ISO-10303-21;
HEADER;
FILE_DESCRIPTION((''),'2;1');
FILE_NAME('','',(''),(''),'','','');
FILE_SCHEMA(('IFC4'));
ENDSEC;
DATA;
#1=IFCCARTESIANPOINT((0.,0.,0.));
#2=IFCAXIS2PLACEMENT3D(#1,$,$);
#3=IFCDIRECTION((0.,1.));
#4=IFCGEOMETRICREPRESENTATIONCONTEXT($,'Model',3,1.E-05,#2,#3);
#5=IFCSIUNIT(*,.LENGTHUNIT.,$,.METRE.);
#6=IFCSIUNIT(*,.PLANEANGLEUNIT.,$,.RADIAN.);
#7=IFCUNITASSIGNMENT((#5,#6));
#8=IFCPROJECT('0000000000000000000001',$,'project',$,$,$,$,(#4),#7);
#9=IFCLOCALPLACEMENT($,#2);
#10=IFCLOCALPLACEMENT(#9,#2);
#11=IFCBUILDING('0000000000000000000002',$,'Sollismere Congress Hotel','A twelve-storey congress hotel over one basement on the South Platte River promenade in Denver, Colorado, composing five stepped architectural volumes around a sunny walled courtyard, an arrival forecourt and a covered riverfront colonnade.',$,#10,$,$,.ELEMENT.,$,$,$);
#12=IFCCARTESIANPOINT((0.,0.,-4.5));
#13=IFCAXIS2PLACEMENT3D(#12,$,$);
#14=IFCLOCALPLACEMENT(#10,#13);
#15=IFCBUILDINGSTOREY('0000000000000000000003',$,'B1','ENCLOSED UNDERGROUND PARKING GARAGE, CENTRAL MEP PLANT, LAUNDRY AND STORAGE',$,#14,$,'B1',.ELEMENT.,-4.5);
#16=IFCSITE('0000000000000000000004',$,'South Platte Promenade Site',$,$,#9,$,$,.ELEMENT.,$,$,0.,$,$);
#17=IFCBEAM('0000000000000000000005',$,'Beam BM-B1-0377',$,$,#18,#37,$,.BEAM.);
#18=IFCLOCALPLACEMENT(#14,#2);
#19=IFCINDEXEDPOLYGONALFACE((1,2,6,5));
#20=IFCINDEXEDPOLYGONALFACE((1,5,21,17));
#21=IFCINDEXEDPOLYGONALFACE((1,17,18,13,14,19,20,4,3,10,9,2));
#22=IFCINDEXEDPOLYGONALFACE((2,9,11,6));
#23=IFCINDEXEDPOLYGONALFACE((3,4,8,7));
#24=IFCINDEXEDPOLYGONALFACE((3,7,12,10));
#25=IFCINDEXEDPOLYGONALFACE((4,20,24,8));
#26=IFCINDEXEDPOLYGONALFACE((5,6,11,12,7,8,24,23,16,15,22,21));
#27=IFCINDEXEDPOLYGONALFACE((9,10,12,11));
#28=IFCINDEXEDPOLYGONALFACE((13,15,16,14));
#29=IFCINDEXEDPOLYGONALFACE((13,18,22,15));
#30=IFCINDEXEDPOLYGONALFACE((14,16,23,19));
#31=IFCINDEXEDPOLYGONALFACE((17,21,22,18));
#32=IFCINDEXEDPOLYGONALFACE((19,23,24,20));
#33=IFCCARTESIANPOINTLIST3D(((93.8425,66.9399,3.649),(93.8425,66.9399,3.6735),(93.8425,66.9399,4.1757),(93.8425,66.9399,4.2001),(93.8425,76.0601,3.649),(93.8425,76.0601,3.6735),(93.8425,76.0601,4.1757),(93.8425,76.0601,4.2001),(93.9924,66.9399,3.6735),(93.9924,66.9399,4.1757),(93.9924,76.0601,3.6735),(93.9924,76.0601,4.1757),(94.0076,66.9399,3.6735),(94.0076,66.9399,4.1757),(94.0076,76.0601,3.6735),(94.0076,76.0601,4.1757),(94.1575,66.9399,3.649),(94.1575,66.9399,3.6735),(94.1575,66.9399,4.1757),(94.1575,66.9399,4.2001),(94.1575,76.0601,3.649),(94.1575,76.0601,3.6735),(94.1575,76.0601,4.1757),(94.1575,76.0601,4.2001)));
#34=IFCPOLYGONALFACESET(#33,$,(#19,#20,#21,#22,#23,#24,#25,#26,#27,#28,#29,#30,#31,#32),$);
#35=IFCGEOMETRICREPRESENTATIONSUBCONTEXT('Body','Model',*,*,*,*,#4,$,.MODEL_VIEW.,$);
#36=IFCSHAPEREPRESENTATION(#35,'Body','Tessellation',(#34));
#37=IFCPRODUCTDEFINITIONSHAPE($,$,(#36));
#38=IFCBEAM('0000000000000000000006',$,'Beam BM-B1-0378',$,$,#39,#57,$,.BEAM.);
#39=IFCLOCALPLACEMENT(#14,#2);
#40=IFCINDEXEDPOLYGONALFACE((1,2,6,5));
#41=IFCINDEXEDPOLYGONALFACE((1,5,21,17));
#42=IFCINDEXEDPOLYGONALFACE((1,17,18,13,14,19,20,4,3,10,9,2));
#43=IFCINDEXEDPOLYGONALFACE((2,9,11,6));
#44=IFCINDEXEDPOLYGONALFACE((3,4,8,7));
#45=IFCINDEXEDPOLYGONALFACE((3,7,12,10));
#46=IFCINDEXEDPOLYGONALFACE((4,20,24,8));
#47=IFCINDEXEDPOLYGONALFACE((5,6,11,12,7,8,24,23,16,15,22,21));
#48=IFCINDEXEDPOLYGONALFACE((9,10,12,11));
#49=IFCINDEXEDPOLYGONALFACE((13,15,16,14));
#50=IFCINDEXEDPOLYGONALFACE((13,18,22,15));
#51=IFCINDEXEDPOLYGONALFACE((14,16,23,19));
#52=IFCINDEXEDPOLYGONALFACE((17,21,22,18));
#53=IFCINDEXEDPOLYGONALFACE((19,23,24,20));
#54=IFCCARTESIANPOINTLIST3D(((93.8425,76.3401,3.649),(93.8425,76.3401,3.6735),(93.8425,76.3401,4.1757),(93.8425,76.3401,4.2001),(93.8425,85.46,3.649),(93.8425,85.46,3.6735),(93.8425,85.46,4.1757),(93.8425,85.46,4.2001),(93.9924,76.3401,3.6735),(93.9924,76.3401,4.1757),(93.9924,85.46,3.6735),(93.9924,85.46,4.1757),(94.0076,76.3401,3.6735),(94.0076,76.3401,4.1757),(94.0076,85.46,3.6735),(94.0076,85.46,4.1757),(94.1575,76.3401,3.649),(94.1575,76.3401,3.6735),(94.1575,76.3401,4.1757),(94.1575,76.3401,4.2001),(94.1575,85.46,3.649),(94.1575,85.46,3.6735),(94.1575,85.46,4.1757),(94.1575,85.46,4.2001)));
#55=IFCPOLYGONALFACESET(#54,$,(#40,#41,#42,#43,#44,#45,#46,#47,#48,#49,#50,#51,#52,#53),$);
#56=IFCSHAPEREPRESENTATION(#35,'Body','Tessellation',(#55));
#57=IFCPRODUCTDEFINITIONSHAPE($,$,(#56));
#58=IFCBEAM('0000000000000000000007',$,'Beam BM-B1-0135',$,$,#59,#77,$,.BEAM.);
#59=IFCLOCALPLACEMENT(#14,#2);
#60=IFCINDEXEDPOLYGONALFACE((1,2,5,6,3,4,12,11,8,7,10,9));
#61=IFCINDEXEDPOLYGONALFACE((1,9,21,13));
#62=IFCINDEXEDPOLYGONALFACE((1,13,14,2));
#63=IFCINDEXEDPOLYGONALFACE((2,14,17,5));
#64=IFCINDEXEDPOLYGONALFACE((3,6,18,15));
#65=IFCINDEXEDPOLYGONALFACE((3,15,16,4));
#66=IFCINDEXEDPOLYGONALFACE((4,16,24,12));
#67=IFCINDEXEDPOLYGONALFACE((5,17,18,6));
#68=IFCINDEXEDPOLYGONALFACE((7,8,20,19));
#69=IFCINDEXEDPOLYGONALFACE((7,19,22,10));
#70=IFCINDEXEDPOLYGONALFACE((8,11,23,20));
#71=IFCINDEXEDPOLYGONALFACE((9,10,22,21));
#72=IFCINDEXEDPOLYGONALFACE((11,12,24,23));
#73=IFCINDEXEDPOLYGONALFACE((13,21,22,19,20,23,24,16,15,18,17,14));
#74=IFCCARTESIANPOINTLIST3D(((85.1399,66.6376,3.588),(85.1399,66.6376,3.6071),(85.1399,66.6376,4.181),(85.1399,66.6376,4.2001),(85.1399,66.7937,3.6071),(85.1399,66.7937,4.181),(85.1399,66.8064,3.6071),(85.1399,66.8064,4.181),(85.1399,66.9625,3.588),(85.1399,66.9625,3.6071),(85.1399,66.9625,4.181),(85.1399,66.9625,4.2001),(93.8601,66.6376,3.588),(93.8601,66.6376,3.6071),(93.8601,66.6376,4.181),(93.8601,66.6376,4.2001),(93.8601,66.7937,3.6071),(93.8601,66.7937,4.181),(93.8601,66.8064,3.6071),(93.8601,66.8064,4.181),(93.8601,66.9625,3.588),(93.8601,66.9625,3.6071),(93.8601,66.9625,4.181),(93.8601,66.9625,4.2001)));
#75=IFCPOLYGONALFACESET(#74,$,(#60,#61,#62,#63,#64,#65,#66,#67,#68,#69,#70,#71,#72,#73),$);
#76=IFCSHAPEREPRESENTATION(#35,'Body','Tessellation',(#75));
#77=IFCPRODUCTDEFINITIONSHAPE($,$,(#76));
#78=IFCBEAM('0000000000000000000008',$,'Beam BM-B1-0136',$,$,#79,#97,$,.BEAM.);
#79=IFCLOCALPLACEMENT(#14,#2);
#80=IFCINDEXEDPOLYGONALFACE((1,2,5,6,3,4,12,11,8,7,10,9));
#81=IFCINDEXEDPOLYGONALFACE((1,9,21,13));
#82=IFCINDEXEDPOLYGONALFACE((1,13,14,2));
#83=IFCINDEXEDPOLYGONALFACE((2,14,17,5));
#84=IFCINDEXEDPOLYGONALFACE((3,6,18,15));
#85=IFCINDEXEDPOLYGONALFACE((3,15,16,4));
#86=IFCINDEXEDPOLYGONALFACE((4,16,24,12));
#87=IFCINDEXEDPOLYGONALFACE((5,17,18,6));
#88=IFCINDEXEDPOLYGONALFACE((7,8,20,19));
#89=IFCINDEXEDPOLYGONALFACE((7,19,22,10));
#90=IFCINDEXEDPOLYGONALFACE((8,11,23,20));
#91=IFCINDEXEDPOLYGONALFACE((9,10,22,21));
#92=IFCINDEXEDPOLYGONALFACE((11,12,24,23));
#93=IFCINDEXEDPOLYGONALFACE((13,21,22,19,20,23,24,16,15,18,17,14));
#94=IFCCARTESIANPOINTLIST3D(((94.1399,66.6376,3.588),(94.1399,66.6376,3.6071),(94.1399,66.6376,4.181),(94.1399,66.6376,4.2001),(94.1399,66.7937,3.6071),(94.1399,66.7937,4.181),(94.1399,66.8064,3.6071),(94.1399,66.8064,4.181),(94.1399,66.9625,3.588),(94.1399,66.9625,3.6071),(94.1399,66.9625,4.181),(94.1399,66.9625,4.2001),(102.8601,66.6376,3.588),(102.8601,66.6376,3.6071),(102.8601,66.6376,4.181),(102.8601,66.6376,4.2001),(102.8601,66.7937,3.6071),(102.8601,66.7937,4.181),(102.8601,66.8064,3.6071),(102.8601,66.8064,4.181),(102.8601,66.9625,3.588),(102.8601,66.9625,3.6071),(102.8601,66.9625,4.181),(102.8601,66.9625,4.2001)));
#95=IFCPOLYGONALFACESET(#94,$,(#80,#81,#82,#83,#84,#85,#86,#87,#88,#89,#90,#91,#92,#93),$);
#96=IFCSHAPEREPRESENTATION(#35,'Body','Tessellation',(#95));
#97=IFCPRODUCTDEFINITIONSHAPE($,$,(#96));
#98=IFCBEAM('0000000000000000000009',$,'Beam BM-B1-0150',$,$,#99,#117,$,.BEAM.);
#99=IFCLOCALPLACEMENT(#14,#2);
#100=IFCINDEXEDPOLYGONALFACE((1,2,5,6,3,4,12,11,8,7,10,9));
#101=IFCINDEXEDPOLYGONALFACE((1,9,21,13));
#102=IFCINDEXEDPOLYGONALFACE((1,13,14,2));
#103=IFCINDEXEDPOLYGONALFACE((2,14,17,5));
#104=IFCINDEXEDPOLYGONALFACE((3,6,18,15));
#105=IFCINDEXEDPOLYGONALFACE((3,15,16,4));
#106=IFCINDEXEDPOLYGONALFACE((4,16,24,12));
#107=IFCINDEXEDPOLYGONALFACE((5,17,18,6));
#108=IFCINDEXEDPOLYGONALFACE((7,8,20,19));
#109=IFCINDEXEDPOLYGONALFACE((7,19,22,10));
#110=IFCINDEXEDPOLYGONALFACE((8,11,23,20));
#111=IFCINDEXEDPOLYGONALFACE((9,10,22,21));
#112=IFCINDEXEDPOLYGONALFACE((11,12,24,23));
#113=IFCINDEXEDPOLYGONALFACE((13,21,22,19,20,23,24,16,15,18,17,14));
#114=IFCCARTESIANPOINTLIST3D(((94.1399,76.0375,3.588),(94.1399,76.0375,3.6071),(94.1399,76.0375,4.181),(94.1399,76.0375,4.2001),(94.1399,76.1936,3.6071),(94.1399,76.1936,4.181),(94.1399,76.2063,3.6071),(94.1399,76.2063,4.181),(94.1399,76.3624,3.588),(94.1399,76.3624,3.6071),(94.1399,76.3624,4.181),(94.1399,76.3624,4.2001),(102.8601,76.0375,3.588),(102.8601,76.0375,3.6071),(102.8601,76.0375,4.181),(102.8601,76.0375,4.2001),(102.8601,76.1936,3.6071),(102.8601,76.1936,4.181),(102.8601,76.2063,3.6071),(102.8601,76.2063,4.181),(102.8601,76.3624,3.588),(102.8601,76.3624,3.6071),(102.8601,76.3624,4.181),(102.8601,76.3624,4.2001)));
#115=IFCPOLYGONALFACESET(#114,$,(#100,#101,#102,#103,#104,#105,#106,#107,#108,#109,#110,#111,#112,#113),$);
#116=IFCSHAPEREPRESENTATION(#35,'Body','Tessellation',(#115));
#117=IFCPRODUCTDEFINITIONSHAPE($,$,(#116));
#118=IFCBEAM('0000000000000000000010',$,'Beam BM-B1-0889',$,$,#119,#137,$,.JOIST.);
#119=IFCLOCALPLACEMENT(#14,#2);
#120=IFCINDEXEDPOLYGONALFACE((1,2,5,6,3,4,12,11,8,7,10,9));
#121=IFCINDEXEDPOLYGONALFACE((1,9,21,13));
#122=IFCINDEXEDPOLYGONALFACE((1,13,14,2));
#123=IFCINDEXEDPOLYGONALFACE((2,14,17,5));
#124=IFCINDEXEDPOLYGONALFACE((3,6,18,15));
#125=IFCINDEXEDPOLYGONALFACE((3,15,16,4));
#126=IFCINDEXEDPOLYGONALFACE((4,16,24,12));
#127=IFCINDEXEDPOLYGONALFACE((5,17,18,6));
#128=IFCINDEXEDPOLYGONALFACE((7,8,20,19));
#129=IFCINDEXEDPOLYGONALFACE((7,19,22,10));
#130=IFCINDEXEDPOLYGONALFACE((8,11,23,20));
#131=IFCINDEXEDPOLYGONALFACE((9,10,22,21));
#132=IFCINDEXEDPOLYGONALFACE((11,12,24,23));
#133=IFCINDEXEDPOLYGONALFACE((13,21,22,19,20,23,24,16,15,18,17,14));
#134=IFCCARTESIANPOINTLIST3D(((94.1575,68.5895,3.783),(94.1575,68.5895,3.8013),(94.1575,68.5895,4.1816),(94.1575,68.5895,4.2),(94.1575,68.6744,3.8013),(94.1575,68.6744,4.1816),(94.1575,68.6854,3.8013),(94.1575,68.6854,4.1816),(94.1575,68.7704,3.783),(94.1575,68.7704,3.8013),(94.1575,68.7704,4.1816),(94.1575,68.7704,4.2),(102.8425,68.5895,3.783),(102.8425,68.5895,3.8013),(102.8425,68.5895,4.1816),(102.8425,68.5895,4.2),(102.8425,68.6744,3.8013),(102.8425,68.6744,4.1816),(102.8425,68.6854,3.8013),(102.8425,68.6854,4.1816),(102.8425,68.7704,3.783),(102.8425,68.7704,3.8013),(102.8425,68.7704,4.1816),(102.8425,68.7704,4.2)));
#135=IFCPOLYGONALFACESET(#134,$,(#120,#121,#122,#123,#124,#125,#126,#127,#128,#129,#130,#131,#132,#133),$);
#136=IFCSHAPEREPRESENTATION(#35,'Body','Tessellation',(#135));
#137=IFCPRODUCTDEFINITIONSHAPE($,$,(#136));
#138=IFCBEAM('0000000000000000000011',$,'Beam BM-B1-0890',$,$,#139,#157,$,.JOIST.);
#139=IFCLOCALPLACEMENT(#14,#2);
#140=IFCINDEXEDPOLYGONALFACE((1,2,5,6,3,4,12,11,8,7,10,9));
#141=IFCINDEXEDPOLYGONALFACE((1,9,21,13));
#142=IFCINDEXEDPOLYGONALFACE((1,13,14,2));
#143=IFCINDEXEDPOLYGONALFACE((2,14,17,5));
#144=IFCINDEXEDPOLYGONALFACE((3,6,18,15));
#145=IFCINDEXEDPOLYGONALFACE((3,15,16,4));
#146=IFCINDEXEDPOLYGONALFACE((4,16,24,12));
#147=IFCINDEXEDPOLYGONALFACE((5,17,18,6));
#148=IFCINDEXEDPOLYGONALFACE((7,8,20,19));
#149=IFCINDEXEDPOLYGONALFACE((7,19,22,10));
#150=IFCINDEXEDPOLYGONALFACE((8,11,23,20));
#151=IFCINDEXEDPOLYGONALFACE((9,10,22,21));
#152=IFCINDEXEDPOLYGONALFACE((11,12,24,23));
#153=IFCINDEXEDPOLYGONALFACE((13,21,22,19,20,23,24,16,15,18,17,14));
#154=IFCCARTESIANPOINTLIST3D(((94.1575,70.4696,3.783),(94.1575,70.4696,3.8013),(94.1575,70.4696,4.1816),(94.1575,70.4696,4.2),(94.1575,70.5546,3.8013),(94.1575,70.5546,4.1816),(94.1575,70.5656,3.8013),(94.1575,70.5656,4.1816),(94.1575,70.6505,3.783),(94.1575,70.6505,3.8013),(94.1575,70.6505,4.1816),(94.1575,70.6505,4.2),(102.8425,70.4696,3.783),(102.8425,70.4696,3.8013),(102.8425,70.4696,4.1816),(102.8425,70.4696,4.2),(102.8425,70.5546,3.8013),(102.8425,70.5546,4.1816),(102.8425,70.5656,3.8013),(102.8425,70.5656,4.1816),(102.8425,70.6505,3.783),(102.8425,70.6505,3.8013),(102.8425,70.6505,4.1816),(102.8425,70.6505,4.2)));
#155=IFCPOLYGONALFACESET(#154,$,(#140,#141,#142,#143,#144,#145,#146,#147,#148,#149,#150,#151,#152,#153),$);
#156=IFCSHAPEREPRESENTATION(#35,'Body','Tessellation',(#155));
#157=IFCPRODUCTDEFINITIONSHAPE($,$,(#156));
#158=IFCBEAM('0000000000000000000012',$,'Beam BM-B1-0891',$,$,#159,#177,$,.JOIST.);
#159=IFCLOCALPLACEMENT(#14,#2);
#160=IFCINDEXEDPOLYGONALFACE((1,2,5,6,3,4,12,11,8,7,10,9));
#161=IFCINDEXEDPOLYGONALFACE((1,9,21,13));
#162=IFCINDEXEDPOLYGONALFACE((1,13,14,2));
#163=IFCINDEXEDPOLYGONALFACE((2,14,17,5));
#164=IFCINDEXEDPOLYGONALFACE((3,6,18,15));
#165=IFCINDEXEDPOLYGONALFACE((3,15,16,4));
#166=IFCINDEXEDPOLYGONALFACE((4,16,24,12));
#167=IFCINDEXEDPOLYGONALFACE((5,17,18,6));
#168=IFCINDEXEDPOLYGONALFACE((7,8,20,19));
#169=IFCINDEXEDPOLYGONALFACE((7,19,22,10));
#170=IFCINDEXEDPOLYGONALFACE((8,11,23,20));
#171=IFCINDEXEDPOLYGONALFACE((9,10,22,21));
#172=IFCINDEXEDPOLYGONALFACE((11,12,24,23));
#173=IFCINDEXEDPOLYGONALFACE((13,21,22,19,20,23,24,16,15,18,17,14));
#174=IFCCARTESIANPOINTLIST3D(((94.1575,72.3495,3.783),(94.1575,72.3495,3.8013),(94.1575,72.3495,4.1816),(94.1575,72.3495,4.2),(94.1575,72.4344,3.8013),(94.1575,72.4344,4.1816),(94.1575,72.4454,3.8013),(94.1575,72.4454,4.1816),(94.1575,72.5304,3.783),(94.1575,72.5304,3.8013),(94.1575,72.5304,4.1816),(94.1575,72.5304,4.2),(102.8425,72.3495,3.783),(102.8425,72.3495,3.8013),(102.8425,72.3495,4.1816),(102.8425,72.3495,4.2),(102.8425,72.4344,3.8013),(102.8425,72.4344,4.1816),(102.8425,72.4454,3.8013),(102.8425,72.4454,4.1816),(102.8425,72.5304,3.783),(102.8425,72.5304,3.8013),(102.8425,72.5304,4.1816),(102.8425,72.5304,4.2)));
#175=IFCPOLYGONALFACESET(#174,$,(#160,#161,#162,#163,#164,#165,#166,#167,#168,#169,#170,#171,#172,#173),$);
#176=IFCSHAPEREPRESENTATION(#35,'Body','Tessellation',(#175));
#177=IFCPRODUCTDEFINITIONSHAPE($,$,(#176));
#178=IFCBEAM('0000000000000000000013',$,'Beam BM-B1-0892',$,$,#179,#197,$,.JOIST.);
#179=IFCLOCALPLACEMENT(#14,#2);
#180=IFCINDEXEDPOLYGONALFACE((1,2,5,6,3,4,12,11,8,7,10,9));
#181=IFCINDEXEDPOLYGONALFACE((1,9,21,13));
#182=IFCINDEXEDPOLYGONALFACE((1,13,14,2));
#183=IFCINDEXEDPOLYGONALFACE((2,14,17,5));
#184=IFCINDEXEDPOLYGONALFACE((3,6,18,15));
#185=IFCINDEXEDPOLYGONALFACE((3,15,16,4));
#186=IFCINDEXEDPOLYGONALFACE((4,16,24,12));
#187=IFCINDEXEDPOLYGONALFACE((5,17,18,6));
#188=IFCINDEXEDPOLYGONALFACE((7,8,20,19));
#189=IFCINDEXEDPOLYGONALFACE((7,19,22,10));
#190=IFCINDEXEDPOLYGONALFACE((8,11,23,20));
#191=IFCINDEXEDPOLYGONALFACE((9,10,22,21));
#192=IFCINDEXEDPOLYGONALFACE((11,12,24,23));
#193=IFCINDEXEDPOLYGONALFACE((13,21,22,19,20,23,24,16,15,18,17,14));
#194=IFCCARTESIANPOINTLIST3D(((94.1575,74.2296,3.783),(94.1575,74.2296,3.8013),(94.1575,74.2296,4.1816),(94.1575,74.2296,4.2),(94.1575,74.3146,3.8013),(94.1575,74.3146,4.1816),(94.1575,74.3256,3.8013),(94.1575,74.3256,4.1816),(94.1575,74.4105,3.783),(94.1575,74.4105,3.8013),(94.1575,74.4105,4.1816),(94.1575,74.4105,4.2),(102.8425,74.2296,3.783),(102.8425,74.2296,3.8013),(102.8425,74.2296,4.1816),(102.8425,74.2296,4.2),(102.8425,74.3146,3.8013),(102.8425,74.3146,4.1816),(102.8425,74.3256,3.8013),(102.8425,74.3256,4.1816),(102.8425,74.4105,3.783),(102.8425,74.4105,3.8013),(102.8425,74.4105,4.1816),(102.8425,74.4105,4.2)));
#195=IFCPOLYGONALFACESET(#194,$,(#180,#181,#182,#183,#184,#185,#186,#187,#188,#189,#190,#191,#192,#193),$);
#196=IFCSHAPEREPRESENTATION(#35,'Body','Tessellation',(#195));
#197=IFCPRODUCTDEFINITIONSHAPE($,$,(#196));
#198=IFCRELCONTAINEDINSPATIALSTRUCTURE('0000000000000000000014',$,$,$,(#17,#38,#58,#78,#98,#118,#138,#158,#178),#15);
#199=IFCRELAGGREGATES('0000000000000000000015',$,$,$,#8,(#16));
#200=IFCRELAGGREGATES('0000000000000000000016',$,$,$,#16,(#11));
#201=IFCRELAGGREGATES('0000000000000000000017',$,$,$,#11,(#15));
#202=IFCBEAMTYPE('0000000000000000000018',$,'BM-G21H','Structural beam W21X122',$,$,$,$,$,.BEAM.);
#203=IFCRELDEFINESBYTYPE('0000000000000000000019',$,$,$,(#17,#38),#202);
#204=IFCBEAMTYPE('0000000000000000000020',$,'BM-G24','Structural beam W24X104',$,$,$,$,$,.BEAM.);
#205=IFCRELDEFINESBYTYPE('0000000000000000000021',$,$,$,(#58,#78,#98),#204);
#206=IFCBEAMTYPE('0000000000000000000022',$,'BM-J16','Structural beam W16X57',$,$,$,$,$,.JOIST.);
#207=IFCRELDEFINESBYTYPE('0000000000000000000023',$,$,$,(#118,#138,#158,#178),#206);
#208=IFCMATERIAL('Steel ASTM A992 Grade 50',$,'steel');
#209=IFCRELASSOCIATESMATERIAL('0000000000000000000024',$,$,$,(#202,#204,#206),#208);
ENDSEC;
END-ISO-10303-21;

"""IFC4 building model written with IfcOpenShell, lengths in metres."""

from ifc_helpers import new_model, si_unit, direction, frame, origin, origin_2d, place, context, subcontext, project, spatial, i_section, extrude, material, material_profile, profile_set, type_object, element, save


model = new_model("IFC4")

# Units and contexts
model_context = context("Model", 3, precision=1e-05, world=origin(), true_north=direction((0.0, 1.0)))
body_context = subcontext(model_context, "Body", "Model", "MODEL_VIEW")
ifc_project = project(units=[si_unit("LENGTHUNIT", "METRE"), si_unit("PLANEANGLEUNIT", "RADIAN")], contexts=[model_context])

# Site, building, storey
site_placement = place(None, origin())
site = spatial("IfcSite", under=ifc_project, at=site_placement, Name="South Platte Promenade Site", CompositionType="ELEMENT", RefElevation=0.0)
building_placement = place(site_placement, origin())
building = spatial("IfcBuilding", under=site, at=building_placement, Name="Sollismere Congress Hotel", Description="A twelve-storey congress hotel over one basement on the South Platte River promenade in Denver, Colorado, composing five stepped architectural volumes around a sunny walled courtyard, an arrival forecourt and a covered riverfront colonnade.", CompositionType="ELEMENT")
storey_placement = place(building_placement, frame((0.0, 0.0, -4.5)))
storey = spatial("IfcBuildingStorey", under=building, at=storey_placement, Name="B1", Description="ENCLOSED UNDERGROUND PARKING GARAGE, CENTRAL MEP PLANT, LAUNDRY AND STORAGE", LongName="B1", CompositionType="ELEMENT", Elevation=-4.5)

# Beams
ifc_material_1 = material(Name="Steel ASTM A992 Grade 50", Category="steel")
ifc_material_profile_1 = material_profile(ifc_material_1, i_section(OverallWidth=0.3149, OverallDepth=0.551, WebThickness=0.0151, FlangeThickness=0.0244, at=origin_2d()), Name="W21X122")
ifc_profile_set_1 = profile_set([ifc_material_profile_1], Name="Steel ASTM A992 Grade 50")
beam_type_1 = type_object("IfcBeamType", Name="BM-G21H", Description="Structural beam W21X122", PredefinedType="BEAM", material=ifc_profile_set_1)
beam_1_placement = place(storey_placement, frame((94.0, 66.9399, 3.9246), z_axis=(0.0, 1.0, 0.0), x_axis=(-1.0, 0.0, 0.0)))
element("IfcBeam", 1, at=beam_1_placement, inside=storey, type_object=beam_type_1, Name="Beam BM-B1-0377", PredefinedType="BEAM", context=body_context, shape_type="SweptSolid", body=[
    extrude(i_section(OverallWidth=0.3149, OverallDepth=0.551, WebThickness=0.0151, FlangeThickness=0.0244, at=origin_2d()), origin(), (0.0, 0.0, 1.0), 9.1201),
])
beam_2_placement = place(storey_placement, frame((94.0, 76.3401, 3.9246), z_axis=(0.0, 1.0, 0.0), x_axis=(-1.0, 0.0, 0.0)))
element("IfcBeam", 2, at=beam_2_placement, inside=storey, type_object=beam_type_1, Name="Beam BM-B1-0378", PredefinedType="BEAM", context=body_context, shape_type="SweptSolid", body=[
    extrude(i_section(OverallWidth=0.3149, OverallDepth=0.551, WebThickness=0.0151, FlangeThickness=0.0244, at=origin_2d()), origin(), (0.0, 0.0, 1.0), 9.1199),
])
ifc_material_profile_2 = material_profile(ifc_material_1, i_section(OverallWidth=0.325, OverallDepth=0.6121, WebThickness=0.0127, FlangeThickness=0.019, at=origin_2d()), Name="W24X104")
ifc_profile_set_2 = profile_set([ifc_material_profile_2], Name="Steel ASTM A992 Grade 50")
beam_type_2 = type_object("IfcBeamType", Name="BM-G24", Description="Structural beam W24X104", PredefinedType="BEAM", material=ifc_profile_set_2)
for number, where, z_axis, x_axis, name in (
    (3, (85.1399, 66.8, 3.894), (1.0, 0.0, 0.0), (0.0, 1.0, 0.0), "Beam BM-B1-0135"),
    (4, (94.1399, 66.8, 3.894), (1.0, 0.0, 0.0), (0.0, 1.0, 0.0), "Beam BM-B1-0136"),
    (5, (94.1399, 76.2, 3.894), (1.0, 0.0, 0.0), (0.0, 1.0, 0.0), "Beam BM-B1-0150"),
):
    element("IfcBeam", number, at=place(storey_placement, frame(where, z_axis=z_axis, x_axis=x_axis)), inside=storey, type_object=beam_type_2, Name=name, PredefinedType="BEAM", context=body_context, shape_type="SweptSolid", body=[
        extrude(i_section(OverallWidth=0.325, OverallDepth=0.6121, WebThickness=0.0127, FlangeThickness=0.019, at=origin_2d()), origin(), (0.0, 0.0, 1.0), 8.7202),
    ])
ifc_material_profile_3 = material_profile(ifc_material_1, i_section(OverallWidth=0.1809, OverallDepth=0.417, WebThickness=0.011, FlangeThickness=0.0183, at=origin_2d()), Name="W16X57")
ifc_profile_set_3 = profile_set([ifc_material_profile_3], Name="Steel ASTM A992 Grade 50")
beam_type_3 = type_object("IfcBeamType", Name="BM-J16", Description="Structural beam W16X57", PredefinedType="JOIST", material=ifc_profile_set_3)
for number, where, z_axis, x_axis, name in (
    (6, (94.1575, 68.6799, 3.9915), (1.0, 0.0, 0.0), (0.0, 1.0, 0.0), "Beam BM-B1-0889"),
    (7, (94.1575, 70.5601, 3.9915), (1.0, 0.0, 0.0), (0.0, 1.0, 0.0), "Beam BM-B1-0890"),
    (8, (94.1575, 72.4399, 3.9915), (1.0, 0.0, 0.0), (0.0, 1.0, 0.0), "Beam BM-B1-0891"),
    (9, (94.1575, 74.3201, 3.9915), (1.0, 0.0, 0.0), (0.0, 1.0, 0.0), "Beam BM-B1-0892"),
):
    element("IfcBeam", number, at=place(storey_placement, frame(where, z_axis=z_axis, x_axis=x_axis)), inside=storey, type_object=beam_type_3, Name=name, PredefinedType="JOIST", context=body_context, shape_type="SweptSolid", body=[
        extrude(i_section(OverallWidth=0.1809, OverallDepth=0.417, WebThickness=0.011, FlangeThickness=0.0183, at=origin_2d()), origin(), (0.0, 0.0, 1.0), 8.6851),
    ])

save(model, "model.ifc")
